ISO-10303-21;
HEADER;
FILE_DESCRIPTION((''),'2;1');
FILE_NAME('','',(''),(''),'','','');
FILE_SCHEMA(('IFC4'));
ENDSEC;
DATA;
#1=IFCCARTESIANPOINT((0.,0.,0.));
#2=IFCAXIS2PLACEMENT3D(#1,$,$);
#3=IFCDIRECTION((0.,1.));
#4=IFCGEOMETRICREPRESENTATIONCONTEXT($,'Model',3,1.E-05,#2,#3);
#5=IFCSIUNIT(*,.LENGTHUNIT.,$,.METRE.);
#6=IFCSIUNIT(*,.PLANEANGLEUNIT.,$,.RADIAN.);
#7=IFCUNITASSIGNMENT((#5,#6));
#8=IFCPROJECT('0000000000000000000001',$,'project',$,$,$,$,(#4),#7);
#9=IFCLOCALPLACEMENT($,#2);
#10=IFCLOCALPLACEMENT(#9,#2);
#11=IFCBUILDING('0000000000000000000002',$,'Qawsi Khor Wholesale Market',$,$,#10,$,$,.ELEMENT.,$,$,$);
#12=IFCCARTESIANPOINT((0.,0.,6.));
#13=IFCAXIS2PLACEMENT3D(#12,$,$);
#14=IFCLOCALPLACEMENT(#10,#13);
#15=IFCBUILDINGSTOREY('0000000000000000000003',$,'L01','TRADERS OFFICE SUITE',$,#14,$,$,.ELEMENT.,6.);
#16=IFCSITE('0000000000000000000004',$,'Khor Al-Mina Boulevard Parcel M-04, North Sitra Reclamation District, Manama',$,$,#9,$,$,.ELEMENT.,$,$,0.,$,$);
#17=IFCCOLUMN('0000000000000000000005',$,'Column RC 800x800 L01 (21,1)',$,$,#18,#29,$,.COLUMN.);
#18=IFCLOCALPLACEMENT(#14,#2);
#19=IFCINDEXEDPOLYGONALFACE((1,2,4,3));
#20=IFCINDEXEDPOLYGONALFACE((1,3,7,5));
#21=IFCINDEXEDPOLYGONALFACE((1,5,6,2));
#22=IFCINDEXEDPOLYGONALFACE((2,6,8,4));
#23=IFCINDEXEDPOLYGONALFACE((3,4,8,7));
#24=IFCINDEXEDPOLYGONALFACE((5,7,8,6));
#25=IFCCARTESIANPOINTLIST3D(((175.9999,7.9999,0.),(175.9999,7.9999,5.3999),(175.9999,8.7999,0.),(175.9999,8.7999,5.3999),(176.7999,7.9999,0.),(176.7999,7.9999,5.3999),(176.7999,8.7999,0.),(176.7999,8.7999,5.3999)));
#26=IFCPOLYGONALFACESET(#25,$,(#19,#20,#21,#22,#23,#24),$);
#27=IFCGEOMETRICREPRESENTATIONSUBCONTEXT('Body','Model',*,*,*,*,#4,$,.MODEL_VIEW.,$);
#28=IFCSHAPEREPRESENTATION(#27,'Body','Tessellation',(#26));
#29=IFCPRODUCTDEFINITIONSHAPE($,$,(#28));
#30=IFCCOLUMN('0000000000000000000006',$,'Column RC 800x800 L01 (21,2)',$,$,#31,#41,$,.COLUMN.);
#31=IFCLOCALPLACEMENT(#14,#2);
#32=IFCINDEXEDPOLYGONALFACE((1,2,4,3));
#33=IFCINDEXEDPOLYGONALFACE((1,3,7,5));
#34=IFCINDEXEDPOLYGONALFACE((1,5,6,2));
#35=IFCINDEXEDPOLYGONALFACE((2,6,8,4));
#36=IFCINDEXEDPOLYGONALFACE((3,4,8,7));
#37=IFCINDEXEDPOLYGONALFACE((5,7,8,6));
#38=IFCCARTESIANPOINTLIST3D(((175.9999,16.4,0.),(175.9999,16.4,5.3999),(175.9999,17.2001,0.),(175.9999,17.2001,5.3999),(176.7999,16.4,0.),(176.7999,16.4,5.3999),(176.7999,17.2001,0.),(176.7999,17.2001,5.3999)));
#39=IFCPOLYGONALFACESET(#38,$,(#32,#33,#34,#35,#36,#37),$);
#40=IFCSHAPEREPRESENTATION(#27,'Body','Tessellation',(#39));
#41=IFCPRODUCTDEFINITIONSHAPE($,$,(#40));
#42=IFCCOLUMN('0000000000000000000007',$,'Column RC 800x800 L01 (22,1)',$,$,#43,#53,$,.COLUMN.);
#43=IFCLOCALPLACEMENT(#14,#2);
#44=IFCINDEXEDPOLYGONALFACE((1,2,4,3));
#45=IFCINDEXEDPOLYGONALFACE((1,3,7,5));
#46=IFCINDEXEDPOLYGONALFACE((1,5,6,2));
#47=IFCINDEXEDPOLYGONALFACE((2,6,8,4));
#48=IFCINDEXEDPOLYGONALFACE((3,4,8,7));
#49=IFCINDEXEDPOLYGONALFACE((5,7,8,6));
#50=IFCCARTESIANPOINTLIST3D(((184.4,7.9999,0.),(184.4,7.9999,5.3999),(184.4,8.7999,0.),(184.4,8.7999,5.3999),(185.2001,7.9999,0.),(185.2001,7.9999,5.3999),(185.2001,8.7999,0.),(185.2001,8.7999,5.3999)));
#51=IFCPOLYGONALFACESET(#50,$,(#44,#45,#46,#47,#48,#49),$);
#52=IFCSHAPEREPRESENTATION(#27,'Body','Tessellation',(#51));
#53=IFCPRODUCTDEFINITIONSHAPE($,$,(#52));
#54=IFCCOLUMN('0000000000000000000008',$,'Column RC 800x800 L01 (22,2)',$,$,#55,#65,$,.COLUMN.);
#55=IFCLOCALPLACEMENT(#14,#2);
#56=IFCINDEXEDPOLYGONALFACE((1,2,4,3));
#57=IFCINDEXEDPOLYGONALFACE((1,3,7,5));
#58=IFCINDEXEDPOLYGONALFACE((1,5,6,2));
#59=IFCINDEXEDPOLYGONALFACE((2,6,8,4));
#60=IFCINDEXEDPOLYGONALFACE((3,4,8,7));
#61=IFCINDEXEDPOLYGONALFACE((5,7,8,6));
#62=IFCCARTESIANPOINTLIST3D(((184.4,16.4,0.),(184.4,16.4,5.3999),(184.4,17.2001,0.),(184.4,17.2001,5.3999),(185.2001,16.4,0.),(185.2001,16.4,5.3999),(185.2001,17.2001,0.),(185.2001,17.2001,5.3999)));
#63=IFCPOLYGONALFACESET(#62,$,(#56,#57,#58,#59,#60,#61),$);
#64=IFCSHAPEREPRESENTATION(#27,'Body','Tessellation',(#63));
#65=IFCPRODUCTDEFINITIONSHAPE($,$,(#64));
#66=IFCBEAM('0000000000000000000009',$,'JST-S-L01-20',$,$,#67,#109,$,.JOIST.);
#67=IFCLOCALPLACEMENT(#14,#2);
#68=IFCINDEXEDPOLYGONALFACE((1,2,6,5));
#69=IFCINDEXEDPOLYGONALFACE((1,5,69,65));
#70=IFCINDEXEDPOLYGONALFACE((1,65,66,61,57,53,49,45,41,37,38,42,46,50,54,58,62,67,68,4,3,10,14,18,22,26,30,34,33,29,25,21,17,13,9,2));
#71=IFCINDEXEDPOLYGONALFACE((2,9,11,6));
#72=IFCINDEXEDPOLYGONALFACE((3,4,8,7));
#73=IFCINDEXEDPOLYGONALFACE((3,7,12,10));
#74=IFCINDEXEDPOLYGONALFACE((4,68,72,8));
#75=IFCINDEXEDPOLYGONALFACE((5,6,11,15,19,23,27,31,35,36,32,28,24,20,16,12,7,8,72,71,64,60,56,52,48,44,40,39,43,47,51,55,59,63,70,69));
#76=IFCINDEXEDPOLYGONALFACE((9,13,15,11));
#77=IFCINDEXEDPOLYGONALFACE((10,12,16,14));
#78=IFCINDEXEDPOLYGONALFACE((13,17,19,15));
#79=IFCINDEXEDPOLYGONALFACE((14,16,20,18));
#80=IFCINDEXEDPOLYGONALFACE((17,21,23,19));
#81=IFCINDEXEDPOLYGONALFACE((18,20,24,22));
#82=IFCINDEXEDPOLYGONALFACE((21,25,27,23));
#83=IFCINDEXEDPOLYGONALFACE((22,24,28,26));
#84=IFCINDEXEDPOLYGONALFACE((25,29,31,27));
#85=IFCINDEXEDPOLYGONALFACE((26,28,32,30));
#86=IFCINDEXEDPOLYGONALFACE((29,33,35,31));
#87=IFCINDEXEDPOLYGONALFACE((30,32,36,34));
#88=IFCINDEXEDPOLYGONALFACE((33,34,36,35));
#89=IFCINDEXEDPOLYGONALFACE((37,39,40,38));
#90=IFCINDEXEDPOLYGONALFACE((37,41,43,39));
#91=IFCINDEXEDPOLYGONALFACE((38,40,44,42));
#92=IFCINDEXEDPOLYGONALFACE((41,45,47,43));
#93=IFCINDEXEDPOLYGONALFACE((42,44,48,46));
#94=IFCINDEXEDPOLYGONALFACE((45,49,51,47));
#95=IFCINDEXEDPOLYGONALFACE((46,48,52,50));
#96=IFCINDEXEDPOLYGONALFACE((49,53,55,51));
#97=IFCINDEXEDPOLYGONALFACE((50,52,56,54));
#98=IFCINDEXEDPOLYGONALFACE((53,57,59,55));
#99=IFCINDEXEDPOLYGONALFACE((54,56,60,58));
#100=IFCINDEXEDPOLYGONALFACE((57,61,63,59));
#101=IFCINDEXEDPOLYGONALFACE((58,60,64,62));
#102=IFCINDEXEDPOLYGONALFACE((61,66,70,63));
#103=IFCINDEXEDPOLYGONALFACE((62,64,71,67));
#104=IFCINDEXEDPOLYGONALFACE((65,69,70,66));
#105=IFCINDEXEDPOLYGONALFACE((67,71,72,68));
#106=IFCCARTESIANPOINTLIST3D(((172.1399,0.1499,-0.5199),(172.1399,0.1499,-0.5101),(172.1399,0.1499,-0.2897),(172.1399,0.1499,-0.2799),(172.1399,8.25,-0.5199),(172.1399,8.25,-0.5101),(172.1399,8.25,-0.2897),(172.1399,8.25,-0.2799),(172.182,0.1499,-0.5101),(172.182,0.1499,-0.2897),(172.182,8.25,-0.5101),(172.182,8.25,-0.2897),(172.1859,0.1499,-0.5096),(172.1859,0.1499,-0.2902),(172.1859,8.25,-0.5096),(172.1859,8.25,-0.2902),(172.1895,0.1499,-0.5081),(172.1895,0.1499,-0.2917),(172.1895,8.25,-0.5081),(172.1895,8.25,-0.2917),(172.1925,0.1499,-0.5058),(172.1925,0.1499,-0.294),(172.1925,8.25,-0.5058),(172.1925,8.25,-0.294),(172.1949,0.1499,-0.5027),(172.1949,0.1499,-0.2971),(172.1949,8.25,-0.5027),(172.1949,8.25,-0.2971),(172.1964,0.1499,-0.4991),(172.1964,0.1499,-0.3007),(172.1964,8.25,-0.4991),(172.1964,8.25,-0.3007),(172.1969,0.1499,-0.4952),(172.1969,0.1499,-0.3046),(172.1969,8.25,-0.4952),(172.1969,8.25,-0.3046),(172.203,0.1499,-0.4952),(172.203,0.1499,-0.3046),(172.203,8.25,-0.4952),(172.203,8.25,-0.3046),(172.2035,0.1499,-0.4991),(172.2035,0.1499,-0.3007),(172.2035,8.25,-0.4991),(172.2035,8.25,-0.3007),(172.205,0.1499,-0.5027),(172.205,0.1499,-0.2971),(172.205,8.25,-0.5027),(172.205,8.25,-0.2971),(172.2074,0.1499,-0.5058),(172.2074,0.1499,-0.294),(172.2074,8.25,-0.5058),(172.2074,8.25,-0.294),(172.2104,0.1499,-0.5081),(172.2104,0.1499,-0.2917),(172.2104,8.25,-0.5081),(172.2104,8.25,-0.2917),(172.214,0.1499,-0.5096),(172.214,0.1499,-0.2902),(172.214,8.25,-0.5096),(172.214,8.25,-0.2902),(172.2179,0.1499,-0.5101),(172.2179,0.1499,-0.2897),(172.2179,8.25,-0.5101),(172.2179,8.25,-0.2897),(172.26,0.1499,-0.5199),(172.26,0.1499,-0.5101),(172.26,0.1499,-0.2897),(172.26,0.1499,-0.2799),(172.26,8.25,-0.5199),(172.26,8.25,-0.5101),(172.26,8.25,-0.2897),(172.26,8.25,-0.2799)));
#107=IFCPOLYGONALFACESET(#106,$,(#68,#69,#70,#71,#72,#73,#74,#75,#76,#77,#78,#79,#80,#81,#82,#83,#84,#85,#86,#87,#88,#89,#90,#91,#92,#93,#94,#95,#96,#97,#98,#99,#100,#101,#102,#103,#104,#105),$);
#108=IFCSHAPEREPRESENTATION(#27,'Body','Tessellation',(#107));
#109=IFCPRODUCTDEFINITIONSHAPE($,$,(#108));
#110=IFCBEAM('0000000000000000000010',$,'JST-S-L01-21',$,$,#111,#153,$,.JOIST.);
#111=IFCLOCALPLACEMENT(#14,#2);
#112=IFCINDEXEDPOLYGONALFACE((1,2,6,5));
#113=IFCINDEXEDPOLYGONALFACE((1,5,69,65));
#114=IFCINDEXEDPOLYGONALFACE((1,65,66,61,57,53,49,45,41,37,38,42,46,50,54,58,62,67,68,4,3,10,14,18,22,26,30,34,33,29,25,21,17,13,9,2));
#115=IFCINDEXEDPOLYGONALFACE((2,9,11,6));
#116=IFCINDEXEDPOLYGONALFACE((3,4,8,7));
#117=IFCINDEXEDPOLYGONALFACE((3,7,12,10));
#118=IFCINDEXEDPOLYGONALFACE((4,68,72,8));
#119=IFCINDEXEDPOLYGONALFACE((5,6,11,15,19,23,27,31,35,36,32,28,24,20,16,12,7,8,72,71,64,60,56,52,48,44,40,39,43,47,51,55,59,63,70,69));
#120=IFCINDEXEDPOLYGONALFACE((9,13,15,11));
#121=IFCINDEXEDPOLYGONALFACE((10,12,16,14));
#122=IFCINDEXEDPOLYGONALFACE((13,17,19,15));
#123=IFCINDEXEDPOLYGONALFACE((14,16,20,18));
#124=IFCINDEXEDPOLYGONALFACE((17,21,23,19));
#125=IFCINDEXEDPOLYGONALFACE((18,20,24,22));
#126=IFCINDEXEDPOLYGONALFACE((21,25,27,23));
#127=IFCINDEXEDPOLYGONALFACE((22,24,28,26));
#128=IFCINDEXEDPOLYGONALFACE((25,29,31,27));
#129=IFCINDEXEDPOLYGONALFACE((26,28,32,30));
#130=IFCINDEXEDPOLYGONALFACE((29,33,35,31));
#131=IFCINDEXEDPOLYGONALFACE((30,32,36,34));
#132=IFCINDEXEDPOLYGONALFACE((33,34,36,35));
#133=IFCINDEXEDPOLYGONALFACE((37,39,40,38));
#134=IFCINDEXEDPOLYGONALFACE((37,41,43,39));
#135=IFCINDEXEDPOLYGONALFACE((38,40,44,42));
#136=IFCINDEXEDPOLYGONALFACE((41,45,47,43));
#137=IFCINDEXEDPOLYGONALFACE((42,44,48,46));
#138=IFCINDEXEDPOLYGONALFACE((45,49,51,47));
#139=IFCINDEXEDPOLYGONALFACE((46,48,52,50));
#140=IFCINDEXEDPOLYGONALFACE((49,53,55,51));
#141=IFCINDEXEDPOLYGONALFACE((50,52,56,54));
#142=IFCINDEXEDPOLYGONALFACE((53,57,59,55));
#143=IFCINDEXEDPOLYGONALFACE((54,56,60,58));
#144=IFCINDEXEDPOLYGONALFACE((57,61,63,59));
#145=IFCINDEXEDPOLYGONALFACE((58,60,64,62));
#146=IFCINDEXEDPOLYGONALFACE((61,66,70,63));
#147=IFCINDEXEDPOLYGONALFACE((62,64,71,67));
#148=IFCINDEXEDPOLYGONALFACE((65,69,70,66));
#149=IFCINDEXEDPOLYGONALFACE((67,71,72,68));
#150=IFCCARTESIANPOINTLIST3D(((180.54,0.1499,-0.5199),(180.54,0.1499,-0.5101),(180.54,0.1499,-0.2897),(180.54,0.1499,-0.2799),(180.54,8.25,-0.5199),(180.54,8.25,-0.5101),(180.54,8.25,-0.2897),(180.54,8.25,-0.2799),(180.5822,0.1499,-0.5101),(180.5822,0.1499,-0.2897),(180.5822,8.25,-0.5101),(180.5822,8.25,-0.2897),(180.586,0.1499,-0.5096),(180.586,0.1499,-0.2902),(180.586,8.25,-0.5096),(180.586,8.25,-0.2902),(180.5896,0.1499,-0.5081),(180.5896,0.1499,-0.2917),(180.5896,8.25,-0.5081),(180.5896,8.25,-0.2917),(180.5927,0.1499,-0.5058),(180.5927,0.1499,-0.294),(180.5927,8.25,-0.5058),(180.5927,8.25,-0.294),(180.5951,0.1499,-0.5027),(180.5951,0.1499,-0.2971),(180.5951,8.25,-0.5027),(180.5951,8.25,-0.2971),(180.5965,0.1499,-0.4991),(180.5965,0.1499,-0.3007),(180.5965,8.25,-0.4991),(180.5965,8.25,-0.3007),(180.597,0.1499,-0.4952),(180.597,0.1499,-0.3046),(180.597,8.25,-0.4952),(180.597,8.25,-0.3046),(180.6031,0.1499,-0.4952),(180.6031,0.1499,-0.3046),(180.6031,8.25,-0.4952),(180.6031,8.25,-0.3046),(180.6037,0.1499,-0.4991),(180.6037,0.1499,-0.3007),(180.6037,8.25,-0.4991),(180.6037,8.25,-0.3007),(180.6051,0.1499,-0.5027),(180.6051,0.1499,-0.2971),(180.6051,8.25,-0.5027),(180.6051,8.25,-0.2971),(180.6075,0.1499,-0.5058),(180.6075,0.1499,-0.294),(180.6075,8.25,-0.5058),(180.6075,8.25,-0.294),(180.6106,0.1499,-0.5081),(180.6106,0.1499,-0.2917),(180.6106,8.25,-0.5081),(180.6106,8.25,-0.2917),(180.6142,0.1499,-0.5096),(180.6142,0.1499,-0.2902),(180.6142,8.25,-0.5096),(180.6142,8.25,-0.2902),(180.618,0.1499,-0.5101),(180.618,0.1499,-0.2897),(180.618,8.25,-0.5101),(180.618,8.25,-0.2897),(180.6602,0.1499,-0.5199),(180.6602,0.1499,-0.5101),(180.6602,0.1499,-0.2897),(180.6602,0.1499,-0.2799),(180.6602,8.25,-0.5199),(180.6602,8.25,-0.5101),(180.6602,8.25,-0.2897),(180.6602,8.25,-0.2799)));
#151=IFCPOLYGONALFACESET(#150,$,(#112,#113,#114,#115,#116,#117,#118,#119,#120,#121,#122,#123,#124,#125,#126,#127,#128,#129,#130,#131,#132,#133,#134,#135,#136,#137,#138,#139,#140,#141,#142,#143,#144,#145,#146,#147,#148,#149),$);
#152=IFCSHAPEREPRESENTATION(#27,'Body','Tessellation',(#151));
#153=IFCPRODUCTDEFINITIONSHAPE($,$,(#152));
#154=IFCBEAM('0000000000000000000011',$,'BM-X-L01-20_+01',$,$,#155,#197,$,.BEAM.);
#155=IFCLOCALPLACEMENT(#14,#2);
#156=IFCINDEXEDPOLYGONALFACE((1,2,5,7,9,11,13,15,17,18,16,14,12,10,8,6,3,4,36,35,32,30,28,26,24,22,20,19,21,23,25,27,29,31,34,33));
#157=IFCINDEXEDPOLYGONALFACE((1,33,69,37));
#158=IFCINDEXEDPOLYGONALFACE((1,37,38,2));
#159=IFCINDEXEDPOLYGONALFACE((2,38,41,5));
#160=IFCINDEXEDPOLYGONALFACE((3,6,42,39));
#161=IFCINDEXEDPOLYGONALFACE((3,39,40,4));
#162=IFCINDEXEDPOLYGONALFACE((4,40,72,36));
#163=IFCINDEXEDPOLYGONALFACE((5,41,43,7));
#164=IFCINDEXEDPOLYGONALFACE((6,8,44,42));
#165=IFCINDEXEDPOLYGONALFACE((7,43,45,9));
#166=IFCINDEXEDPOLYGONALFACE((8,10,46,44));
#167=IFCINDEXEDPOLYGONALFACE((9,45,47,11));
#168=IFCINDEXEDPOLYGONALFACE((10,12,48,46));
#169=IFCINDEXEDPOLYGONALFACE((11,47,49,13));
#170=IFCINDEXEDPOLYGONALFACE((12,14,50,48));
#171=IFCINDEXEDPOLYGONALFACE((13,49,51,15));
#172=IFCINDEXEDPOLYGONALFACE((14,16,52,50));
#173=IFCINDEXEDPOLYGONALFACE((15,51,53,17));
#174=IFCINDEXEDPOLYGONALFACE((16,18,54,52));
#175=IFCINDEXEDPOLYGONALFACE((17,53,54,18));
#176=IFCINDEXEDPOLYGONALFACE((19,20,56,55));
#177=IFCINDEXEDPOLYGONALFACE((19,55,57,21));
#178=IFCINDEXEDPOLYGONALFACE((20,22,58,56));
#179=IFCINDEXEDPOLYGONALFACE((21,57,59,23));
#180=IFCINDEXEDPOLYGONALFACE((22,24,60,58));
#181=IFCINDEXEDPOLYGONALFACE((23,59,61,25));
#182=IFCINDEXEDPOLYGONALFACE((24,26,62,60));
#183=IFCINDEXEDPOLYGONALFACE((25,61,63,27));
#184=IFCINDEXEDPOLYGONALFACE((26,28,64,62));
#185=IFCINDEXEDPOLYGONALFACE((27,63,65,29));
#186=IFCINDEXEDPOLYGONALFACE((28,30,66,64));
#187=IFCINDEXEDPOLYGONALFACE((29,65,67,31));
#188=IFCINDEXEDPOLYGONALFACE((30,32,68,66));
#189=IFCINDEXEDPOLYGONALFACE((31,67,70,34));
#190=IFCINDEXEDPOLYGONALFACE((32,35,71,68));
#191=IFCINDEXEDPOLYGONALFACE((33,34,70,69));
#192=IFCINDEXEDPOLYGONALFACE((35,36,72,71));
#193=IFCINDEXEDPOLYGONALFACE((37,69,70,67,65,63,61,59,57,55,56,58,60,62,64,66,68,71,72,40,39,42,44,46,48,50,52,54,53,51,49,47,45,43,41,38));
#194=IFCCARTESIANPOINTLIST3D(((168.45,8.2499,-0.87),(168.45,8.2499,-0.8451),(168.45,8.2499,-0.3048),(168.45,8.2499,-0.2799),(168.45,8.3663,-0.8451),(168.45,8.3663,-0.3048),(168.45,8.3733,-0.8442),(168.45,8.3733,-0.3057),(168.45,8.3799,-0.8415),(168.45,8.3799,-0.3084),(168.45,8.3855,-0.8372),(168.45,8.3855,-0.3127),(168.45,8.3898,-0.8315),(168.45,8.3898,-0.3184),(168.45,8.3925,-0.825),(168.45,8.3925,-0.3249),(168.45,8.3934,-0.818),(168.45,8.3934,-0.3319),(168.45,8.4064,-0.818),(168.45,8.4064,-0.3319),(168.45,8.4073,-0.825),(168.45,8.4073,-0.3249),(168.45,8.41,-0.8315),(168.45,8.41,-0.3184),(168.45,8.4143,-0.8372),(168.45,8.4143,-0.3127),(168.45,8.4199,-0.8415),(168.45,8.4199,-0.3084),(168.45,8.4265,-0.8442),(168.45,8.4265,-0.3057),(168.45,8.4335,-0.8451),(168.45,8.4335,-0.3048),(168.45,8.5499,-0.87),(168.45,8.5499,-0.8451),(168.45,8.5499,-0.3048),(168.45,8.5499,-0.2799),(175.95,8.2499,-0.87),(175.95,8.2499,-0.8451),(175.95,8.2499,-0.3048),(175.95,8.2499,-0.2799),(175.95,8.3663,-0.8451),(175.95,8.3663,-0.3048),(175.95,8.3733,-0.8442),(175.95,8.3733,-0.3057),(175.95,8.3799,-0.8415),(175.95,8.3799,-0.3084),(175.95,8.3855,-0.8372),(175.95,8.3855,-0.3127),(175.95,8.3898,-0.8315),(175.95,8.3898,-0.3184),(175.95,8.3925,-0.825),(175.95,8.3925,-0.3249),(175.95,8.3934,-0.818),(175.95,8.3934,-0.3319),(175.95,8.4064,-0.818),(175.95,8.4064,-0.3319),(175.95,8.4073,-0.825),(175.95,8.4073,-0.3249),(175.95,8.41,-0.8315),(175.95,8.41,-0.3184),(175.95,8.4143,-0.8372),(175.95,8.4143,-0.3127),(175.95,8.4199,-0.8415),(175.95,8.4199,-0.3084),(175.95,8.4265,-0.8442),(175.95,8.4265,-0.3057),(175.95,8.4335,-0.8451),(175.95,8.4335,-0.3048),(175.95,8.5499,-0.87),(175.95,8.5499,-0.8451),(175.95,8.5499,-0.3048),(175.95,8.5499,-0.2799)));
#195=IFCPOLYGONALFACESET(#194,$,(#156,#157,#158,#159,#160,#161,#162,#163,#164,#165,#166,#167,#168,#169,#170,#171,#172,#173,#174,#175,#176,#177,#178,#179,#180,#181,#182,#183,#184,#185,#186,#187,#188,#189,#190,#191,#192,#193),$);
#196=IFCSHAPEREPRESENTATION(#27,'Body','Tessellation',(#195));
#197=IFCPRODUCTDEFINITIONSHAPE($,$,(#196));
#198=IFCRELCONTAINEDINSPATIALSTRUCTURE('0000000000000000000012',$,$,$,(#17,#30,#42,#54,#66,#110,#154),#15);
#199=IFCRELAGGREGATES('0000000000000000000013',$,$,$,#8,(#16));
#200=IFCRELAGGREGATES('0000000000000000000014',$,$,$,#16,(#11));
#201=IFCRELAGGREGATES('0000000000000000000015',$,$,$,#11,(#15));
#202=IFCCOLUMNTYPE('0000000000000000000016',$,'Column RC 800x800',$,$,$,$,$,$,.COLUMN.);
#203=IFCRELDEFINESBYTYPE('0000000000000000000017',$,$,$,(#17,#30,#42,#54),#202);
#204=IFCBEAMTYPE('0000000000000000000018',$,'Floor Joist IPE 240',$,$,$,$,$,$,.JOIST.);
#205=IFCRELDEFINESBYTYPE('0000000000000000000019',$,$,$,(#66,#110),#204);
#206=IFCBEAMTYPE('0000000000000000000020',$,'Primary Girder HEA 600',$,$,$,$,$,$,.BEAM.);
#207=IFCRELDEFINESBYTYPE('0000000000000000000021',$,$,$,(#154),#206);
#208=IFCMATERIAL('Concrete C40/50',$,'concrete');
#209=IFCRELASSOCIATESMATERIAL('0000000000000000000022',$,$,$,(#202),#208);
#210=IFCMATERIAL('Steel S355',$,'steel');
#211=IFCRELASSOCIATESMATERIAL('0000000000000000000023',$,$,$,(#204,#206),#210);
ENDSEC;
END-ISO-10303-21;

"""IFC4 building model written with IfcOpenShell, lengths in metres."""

from ifc_helpers import new_model, si_unit, direction, frame, origin, origin_2d, place, context, subcontext, project, spatial, rectangle, i_section, extrude, material, material_profile, profile_set, type_object, element, save


model = new_model("IFC4")

# Units and contexts
model_context = context("Model", 3, precision=1e-05, world=origin(), true_north=direction((0.0, 1.0)))
body_context = subcontext(model_context, "Body", "Model", "MODEL_VIEW")
ifc_project = project(units=[si_unit("LENGTHUNIT", "METRE"), si_unit("PLANEANGLEUNIT", "RADIAN")], contexts=[model_context])

# Site, building, storey
site_placement = place(None, origin())
site = spatial("IfcSite", under=ifc_project, at=site_placement, Name="Khor Al-Mina Boulevard Parcel M-04, North Sitra Reclamation District, Manama", CompositionType="ELEMENT", RefElevation=0.0)
building_placement = place(site_placement, origin())
building = spatial("IfcBuilding", under=site, at=building_placement, Name="Qawsi Khor Wholesale Market", CompositionType="ELEMENT")
storey_placement = place(building_placement, frame((0.0, 0.0, 6.0)))
storey = spatial("IfcBuildingStorey", under=building, at=storey_placement, Name="L01", Description="TRADERS OFFICE SUITE", CompositionType="ELEMENT", Elevation=6.0)

# Columns
ifc_material_1 = material(Name="Concrete C40/50", Category="concrete")
ifc_material_profile_1 = material_profile(ifc_material_1, rectangle(XDim=0.8, YDim=0.8, at=origin_2d()), Name="RC 800x800")
ifc_profile_set_1 = profile_set([ifc_material_profile_1], Name="Concrete C40/50")
column_type = type_object("IfcColumnType", Name="Column RC 800x800", PredefinedType="COLUMN", material=ifc_profile_set_1)
for number, where, z_axis, x_axis, name in (
    (1, (176.3999, 8.3999, 0.0), (0.0, 0.0, 1.0), (1.0, 0.0, 0.0), "Column RC 800x800 L01 (21,1)"),
    (2, (176.3999, 16.8, 0.0), (0.0, 0.0, 1.0), (1.0, 0.0, 0.0), "Column RC 800x800 L01 (21,2)"),
    (3, (184.8, 8.3999, 0.0), (0.0, 0.0, 1.0), (1.0, 0.0, 0.0), "Column RC 800x800 L01 (22,1)"),
    (4, (184.8, 16.8, 0.0), (0.0, 0.0, 1.0), (1.0, 0.0, 0.0), "Column RC 800x800 L01 (22,2)"),
):
    element("IfcColumn", number, at=place(storey_placement, frame(where, z_axis=z_axis, x_axis=x_axis)), inside=storey, type_object=column_type, Name=name, PredefinedType="COLUMN", context=body_context, shape_type="SweptSolid", body=[
        extrude(rectangle(XDim=0.8, YDim=0.8, at=origin_2d()), origin(), (0.0, 0.0, 1.0), 5.3999),
    ])

# Beams
ifc_material_2 = material(Name="Steel S355", Category="steel")
ifc_material_profile_2 = material_profile(ifc_material_2, i_section(OverallWidth=0.1201, OverallDepth=0.24, WebThickness=0.0061, FlangeThickness=0.0098, FilletRadius=0.0149, at=origin_2d()), Name="IPE 240")
ifc_profile_set_2 = profile_set([ifc_material_profile_2], Name="Steel S355")
beam_type_1 = type_object("IfcBeamType", Name="Floor Joist IPE 240", PredefinedType="JOIST", material=ifc_profile_set_2)
for number, where, z_axis, x_axis, name in (
    (5, (172.2, 0.1499, -0.3999), (0.0, 1.0, 0.0), (-1.0, 0.0, 0.0), "JST-S-L01-20"),
    (6, (180.6001, 0.1499, -0.3999), (0.0, 1.0, 0.0), (-1.0, 0.0, 0.0), "JST-S-L01-21"),
):
    element("IfcBeam", number, at=place(storey_placement, frame(where, z_axis=z_axis, x_axis=x_axis)), inside=storey, type_object=beam_type_1, Name=name, PredefinedType="JOIST", context=body_context, shape_type="SweptSolid", body=[
        extrude(i_section(OverallWidth=0.1201, OverallDepth=0.24, WebThickness=0.0061, FlangeThickness=0.0098, FilletRadius=0.0149, at=origin_2d()), origin(), (0.0, 0.0, 1.0), 8.1001),
    ])
ifc_material_profile_3 = material_profile(ifc_material_2, i_section(OverallWidth=0.3, OverallDepth=0.5901, WebThickness=0.0129, FlangeThickness=0.0249, FilletRadius=0.0271, at=origin_2d()), Name="HEA 600")
ifc_profile_set_3 = profile_set([ifc_material_profile_3], Name="Steel S355")
beam_type_2 = type_object("IfcBeamType", Name="Primary Girder HEA 600", PredefinedType="BEAM", material=ifc_profile_set_3)
for number, where, z_axis, x_axis, name in (
    (7, (168.45, 8.3999, -0.575), (1.0, 0.0, 0.0), (0.0, 1.0, 0.0), "BM-X-L01-20_+01"),
):
    element("IfcBeam", number, at=place(storey_placement, frame(where, z_axis=z_axis, x_axis=x_axis)), inside=storey, type_object=beam_type_2, Name=name, PredefinedType="BEAM", context=body_context, shape_type="SweptSolid", body=[
        extrude(i_section(OverallWidth=0.3, OverallDepth=0.5901, WebThickness=0.0129, FlangeThickness=0.0249, FilletRadius=0.0271, at=origin_2d()), origin(), (0.0, 0.0, 1.0), 7.5),
    ])

save(model, "model.ifc")
